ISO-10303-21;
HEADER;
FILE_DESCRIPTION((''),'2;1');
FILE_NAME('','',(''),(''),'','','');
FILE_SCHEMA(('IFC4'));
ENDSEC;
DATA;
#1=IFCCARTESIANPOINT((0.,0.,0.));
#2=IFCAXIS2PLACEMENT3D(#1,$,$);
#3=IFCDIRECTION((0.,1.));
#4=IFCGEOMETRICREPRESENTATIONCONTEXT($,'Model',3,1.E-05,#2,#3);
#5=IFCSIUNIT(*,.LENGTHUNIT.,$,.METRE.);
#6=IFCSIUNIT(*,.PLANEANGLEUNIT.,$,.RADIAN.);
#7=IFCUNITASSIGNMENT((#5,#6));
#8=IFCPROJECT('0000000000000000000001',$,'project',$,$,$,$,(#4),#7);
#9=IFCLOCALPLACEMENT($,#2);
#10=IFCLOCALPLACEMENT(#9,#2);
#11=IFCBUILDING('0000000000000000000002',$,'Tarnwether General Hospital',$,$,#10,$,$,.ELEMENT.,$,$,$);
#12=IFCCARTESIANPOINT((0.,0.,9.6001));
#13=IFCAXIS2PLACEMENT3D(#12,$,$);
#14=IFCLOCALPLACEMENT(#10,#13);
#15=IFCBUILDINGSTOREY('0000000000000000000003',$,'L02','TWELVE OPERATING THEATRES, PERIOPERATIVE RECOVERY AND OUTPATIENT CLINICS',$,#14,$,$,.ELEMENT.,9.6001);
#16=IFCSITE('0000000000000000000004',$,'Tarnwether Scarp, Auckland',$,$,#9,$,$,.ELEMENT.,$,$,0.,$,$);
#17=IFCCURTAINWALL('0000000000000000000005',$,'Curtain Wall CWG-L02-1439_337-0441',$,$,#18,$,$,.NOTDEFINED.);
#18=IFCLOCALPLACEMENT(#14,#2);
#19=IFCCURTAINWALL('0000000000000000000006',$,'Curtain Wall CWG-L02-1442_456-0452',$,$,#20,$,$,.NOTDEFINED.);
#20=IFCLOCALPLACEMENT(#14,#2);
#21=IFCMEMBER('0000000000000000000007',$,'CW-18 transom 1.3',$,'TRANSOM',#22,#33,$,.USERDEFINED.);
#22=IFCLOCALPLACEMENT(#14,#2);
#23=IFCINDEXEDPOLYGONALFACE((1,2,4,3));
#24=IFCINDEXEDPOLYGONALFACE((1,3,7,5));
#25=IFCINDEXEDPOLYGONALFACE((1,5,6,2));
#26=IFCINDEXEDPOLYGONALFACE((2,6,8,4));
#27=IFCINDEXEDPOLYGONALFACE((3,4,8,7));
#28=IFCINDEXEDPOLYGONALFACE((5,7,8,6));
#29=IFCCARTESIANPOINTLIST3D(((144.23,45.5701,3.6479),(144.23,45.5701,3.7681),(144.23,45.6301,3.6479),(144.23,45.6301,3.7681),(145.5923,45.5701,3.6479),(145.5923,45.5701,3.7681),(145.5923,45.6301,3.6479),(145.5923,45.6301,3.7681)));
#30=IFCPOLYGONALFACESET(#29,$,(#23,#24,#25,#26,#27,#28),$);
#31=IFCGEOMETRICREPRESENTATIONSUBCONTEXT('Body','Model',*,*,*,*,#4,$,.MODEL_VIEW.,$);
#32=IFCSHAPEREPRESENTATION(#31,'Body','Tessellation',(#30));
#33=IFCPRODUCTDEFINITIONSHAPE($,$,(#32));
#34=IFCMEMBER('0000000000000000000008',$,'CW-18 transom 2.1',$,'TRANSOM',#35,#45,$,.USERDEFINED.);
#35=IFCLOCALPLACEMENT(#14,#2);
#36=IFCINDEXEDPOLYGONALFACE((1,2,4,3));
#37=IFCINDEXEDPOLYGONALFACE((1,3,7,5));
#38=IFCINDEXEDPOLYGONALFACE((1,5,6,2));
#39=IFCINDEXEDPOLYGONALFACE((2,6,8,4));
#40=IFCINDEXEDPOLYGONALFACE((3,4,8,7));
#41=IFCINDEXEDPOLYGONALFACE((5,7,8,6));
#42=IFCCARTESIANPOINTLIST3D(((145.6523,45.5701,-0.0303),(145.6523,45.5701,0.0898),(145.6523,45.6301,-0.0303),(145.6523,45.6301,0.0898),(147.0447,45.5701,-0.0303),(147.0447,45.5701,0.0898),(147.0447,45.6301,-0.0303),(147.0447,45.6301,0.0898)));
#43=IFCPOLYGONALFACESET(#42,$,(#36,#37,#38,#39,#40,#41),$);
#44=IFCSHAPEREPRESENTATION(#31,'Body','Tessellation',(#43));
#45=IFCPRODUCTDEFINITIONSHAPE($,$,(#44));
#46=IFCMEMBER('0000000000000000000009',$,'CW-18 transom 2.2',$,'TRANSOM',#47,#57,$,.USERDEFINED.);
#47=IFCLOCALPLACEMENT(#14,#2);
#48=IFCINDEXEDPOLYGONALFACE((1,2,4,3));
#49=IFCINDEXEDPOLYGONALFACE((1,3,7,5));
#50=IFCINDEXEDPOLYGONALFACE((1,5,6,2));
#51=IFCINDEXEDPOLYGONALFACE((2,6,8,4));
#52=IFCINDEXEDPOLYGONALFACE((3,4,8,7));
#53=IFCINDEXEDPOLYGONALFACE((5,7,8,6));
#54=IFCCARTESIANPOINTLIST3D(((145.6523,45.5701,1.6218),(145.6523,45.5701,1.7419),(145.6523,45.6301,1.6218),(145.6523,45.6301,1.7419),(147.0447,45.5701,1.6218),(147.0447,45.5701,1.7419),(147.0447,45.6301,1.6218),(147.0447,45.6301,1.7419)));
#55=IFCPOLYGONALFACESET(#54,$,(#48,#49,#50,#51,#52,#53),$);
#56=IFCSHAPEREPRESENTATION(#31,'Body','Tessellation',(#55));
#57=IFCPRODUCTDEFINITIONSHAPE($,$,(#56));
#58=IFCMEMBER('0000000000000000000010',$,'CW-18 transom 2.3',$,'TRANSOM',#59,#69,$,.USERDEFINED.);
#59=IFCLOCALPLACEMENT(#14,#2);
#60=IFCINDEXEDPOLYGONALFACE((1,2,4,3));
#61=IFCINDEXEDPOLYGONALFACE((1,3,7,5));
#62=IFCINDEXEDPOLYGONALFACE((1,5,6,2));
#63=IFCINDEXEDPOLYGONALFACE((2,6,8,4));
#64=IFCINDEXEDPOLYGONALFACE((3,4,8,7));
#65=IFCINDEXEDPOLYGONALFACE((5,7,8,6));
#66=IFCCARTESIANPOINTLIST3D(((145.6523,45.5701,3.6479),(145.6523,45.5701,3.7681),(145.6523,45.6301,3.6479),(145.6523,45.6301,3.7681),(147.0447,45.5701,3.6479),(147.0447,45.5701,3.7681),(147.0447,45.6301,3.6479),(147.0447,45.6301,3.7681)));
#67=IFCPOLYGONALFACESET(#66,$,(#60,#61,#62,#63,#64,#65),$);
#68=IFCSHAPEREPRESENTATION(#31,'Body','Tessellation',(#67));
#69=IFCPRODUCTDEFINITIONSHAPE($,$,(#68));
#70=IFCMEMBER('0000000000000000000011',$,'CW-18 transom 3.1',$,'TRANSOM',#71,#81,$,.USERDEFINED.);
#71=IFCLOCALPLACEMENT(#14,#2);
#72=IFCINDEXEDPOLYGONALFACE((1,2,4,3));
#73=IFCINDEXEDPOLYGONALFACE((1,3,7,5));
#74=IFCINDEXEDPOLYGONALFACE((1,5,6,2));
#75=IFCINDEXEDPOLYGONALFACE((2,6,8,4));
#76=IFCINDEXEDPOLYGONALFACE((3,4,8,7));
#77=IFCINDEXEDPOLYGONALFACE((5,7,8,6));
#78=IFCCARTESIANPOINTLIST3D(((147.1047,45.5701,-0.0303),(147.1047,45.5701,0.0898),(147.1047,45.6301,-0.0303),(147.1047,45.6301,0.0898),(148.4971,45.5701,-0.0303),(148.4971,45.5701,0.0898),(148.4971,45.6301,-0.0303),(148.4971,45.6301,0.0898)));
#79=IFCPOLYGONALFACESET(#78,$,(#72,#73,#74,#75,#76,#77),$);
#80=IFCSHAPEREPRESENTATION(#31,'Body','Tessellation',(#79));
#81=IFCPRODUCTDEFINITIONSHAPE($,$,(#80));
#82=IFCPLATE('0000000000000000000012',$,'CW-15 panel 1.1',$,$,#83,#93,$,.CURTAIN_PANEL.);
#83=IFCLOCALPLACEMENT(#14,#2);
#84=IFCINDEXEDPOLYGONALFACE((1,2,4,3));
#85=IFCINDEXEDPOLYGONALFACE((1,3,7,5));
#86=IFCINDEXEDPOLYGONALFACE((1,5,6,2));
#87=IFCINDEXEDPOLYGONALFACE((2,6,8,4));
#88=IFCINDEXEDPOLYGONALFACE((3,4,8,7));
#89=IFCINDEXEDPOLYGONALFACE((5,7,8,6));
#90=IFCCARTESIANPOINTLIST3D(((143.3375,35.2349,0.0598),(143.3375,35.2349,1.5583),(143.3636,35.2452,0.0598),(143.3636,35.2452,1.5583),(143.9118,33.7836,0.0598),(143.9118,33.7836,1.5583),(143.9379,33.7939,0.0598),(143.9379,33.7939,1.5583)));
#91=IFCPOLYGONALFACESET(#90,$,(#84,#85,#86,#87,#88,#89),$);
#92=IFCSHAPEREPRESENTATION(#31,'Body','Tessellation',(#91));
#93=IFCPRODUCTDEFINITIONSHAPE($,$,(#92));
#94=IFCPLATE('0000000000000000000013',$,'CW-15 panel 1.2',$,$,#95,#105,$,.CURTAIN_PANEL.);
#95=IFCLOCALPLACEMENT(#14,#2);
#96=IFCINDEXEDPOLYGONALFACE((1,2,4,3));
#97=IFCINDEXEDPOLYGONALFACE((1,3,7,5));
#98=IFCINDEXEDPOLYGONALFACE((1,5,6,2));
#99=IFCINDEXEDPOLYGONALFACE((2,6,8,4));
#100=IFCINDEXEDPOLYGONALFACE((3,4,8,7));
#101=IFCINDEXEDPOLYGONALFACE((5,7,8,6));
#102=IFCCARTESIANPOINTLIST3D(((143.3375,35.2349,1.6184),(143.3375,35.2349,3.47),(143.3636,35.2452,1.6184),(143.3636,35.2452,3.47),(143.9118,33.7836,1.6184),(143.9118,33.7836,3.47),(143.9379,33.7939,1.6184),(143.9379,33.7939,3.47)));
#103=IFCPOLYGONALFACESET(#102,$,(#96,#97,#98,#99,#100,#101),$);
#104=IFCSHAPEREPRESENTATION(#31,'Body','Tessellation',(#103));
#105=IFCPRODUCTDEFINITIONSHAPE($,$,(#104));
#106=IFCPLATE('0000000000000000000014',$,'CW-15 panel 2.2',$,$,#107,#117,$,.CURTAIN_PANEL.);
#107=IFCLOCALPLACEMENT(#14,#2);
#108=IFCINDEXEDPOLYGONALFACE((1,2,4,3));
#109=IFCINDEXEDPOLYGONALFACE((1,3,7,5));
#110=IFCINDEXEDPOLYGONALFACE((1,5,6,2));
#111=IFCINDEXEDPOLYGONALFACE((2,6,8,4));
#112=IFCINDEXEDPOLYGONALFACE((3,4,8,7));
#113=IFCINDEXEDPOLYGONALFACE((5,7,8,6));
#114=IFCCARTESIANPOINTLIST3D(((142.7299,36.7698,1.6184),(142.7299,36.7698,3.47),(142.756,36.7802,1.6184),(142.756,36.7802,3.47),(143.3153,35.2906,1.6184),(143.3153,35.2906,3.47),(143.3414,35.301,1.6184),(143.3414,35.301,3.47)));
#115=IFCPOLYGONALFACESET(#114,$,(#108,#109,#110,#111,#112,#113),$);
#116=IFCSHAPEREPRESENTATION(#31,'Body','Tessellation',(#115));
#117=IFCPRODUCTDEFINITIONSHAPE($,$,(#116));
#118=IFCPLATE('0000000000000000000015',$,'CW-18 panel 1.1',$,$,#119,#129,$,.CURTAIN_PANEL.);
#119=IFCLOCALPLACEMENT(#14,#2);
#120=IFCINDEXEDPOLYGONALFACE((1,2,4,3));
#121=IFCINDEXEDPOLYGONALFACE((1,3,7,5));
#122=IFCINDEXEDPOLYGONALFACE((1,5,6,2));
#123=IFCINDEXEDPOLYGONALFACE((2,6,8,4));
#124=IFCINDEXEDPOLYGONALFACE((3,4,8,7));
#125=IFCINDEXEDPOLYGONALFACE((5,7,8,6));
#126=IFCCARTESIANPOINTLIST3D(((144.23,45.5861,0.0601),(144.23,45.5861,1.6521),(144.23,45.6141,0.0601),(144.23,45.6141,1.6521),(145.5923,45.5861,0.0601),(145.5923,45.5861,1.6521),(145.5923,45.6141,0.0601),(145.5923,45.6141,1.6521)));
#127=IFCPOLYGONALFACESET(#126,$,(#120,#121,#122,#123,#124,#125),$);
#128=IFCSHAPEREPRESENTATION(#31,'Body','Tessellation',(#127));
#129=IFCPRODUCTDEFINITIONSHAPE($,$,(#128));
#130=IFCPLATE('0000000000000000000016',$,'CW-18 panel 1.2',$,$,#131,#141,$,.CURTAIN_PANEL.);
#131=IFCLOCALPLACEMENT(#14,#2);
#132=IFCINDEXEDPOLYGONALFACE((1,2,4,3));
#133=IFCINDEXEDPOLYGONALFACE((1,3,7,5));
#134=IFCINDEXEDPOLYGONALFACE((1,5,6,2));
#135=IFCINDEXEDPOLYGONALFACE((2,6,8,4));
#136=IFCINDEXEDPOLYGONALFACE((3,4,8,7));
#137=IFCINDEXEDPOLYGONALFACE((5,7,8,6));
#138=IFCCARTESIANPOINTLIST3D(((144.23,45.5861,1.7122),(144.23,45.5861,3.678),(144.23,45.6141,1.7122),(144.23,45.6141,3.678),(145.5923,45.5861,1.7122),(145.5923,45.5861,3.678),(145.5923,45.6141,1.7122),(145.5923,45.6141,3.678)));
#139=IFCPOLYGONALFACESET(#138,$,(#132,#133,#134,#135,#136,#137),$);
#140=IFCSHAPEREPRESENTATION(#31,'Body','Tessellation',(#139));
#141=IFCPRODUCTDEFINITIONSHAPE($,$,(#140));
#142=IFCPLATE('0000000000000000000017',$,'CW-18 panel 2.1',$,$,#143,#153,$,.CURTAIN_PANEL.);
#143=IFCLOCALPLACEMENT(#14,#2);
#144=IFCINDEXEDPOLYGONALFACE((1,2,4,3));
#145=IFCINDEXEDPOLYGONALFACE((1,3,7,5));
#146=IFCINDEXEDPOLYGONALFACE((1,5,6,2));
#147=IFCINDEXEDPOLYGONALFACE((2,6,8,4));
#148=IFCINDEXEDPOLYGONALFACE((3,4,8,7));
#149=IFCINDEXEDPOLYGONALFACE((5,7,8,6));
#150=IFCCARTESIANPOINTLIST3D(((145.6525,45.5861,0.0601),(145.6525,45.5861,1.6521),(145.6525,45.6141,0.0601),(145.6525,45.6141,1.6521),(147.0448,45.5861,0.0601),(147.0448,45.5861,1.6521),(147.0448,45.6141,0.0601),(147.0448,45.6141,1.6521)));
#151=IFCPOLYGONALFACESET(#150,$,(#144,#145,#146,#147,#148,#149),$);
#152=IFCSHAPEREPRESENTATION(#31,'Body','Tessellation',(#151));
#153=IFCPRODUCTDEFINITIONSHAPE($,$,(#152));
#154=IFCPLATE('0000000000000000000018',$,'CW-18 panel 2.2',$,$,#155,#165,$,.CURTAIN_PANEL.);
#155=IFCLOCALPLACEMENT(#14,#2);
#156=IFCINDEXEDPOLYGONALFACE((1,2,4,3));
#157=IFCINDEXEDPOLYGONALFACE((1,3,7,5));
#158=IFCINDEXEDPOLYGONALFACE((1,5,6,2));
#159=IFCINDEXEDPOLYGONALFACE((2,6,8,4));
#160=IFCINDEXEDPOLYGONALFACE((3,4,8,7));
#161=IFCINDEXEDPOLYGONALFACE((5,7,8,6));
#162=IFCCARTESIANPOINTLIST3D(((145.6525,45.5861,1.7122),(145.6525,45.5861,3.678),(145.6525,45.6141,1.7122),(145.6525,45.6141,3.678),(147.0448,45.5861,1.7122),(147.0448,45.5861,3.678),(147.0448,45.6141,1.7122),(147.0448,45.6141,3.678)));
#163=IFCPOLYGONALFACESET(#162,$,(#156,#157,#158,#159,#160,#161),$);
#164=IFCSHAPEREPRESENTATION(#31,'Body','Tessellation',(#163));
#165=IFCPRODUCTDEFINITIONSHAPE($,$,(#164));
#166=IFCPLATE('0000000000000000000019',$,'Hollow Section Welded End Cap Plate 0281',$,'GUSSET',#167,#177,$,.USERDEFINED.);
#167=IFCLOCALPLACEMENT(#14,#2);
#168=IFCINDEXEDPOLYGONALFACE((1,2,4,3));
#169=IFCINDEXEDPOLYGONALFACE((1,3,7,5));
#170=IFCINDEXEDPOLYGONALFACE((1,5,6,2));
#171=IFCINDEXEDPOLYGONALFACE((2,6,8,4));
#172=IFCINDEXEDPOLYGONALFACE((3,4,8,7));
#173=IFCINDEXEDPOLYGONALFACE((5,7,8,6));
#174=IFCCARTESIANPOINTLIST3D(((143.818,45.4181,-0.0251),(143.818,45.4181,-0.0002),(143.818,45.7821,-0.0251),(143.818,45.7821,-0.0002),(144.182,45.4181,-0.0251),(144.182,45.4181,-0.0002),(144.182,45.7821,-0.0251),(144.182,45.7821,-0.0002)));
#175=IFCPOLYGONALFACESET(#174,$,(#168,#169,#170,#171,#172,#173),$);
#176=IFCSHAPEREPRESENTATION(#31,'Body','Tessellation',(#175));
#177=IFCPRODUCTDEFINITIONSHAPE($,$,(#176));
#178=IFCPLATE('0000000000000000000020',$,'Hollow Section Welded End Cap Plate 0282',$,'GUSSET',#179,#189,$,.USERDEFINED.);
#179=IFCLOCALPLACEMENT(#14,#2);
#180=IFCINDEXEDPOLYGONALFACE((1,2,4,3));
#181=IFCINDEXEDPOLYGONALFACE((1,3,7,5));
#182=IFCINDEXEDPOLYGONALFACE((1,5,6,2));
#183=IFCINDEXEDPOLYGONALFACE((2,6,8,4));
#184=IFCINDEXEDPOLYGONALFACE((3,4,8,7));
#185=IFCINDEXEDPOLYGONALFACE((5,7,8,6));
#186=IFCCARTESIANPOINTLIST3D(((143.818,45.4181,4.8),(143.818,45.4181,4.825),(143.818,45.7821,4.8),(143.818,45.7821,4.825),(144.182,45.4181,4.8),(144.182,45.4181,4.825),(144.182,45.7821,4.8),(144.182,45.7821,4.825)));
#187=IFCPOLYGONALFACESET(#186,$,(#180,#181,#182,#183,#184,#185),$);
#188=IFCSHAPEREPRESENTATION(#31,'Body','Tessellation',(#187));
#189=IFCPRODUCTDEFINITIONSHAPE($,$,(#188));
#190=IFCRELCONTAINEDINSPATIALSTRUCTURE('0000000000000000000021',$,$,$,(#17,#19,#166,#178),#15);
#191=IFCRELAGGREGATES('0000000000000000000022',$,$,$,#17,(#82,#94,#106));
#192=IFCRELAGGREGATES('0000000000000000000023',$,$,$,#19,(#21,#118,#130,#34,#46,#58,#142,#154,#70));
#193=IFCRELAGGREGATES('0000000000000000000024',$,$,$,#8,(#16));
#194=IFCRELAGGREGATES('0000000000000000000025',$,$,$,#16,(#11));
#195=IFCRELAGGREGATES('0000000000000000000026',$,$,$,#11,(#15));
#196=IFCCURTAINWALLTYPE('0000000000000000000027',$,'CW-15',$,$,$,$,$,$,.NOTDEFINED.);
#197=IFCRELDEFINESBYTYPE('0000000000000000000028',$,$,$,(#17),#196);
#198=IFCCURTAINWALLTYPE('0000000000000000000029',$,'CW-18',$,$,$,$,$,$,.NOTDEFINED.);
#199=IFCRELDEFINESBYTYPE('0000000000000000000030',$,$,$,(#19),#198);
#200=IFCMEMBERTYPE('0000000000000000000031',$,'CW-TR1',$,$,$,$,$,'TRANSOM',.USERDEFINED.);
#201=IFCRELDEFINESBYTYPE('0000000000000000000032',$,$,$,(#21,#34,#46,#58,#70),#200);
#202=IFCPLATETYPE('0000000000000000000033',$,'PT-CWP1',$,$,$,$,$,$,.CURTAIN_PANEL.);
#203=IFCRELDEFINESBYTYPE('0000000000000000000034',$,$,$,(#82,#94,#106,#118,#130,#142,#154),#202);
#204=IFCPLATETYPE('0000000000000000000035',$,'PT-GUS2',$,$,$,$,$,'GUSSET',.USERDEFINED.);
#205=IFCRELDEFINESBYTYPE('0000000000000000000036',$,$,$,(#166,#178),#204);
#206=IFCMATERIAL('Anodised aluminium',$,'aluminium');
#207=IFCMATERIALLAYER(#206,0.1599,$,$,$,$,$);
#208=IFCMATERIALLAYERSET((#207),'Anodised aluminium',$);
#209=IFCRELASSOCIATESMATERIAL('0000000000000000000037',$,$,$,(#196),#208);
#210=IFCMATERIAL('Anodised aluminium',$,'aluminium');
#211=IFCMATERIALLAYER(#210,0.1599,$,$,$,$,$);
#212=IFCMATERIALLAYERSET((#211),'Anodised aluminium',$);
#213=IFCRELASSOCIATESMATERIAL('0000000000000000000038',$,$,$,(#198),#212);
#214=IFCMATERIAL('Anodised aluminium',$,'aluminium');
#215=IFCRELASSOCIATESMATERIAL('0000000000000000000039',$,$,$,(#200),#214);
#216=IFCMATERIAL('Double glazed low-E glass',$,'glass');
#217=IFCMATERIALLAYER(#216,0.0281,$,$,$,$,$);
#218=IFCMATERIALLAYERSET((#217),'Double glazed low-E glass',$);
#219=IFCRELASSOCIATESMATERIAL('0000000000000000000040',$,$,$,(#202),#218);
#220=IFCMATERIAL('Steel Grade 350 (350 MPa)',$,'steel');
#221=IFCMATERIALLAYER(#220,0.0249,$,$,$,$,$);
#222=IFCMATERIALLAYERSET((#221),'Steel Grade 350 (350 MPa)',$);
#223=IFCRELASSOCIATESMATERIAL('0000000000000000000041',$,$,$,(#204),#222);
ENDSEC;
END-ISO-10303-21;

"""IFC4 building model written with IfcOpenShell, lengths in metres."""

from ifc_helpers import new_model, si_unit, direction, frame, origin, origin_2d, place, context, subcontext, project, spatial, rectangle, extrude, material, layer, layer_set, material_profile, profile_set, type_object, element, aggregate, save


model = new_model("IFC4")

# Units and contexts
model_context = context("Model", 3, precision=1e-05, world=origin(), true_north=direction((0.0, 1.0)))
body_context = subcontext(model_context, "Body", "Model", "MODEL_VIEW")
ifc_project = project(units=[si_unit("LENGTHUNIT", "METRE"), si_unit("PLANEANGLEUNIT", "RADIAN")], contexts=[model_context])

# Site, building, storey
site_placement = place(None, origin())
site = spatial("IfcSite", under=ifc_project, at=site_placement, Name="Tarnwether Scarp, Auckland", CompositionType="ELEMENT", RefElevation=0.0)
building_placement = place(site_placement, origin())
building = spatial("IfcBuilding", under=site, at=building_placement, Name="Tarnwether General Hospital", CompositionType="ELEMENT")
storey_placement = place(building_placement, frame((0.0, 0.0, 9.6001)))
storey = spatial("IfcBuildingStorey", under=building, at=storey_placement, Name="L02", Description="TWELVE OPERATING THEATRES, PERIOPERATIVE RECOVERY AND OUTPATIENT CLINICS", CompositionType="ELEMENT", Elevation=9.6001)

# Curtain wall
ifc_material_1 = material(Name="Anodised aluminium", Category="aluminium")
ifc_layer_1 = layer(ifc_material_1, 0.1599)
ifc_layer_set_1 = layer_set([ifc_layer_1], Name="Anodised aluminium")
curtain_wall_type_1 = type_object("IfcCurtainWallType", Name="CW-15", PredefinedType="NOTDEFINED", material=ifc_layer_set_1)
curtain_wall_1_placement = place(storey_placement, origin())
curtain_wall_1 = element("IfcCurtainWall", 1, at=curtain_wall_1_placement, inside=storey, type_object=curtain_wall_type_1, Name="Curtain Wall CWG-L02-1439_337-0441", PredefinedType="NOTDEFINED")

# Curtain wall
ifc_material_2 = material(Name="Anodised aluminium", Category="aluminium")
ifc_layer_2 = layer(ifc_material_2, 0.1599)
ifc_layer_set_2 = layer_set([ifc_layer_2], Name="Anodised aluminium")
curtain_wall_type_2 = type_object("IfcCurtainWallType", Name="CW-18", PredefinedType="NOTDEFINED", material=ifc_layer_set_2)
curtain_wall_2_placement = place(storey_placement, origin())
curtain_wall_2 = element("IfcCurtainWall", 2, at=curtain_wall_2_placement, inside=storey, type_object=curtain_wall_type_2, Name="Curtain Wall CWG-L02-1442_456-0452", PredefinedType="NOTDEFINED")

# Members
ifc_material_3 = material(Name="Anodised aluminium", Category="aluminium")
ifc_material_profile_1 = material_profile(ifc_material_3, rectangle(XDim=0.0601, YDim=0.1201, at=origin_2d()), Name="ALU-TRN-60x120")
ifc_profile_set_1 = profile_set([ifc_material_profile_1], Name="Anodised aluminium")
member_type_1 = type_object("IfcMemberType", Name="CW-TR1", ElementType="TRANSOM", PredefinedType="USERDEFINED", material=ifc_profile_set_1)
member_1_placement = place(storey_placement, frame((144.23, 45.6001, 3.708), z_axis=(1.0, 0.0, 0.0), x_axis=(0.0, 1.0, 0.0)))
member_1 = element("IfcMember", 3, at=member_1_placement, type_object=member_type_1, Name="CW-18 transom 1.3", ObjectType="TRANSOM", PredefinedType="USERDEFINED", context=body_context, shape_type="SweptSolid", body=[
    extrude(rectangle(XDim=0.0601, YDim=0.1201, at=origin_2d()), origin(), (0.0, 0.0, 1.0), 1.3623),
])
member_2_placement = place(storey_placement, frame((145.6523, 45.6001, 0.0298), z_axis=(1.0, 0.0, 0.0), x_axis=(0.0, 1.0, 0.0)))
member_2 = element("IfcMember", 4, at=member_2_placement, type_object=member_type_1, Name="CW-18 transom 2.1", ObjectType="TRANSOM", PredefinedType="USERDEFINED", context=body_context, shape_type="SweptSolid", body=[
    extrude(rectangle(XDim=0.0601, YDim=0.1201, at=origin_2d()), origin(), (0.0, 0.0, 1.0), 1.3923),
])
member_3_placement = place(storey_placement, frame((145.6523, 45.6001, 1.6819), z_axis=(1.0, 0.0, 0.0), x_axis=(0.0, 1.0, 0.0)))
member_3 = element("IfcMember", 5, at=member_3_placement, type_object=member_type_1, Name="CW-18 transom 2.2", ObjectType="TRANSOM", PredefinedType="USERDEFINED", context=body_context, shape_type="SweptSolid", body=[
    extrude(rectangle(XDim=0.0601, YDim=0.1201, at=origin_2d()), origin(), (0.0, 0.0, 1.0), 1.3923),
])
member_4_placement = place(storey_placement, frame((145.6523, 45.6001, 3.708), z_axis=(1.0, 0.0, 0.0), x_axis=(0.0, 1.0, 0.0)))
member_4 = element("IfcMember", 6, at=member_4_placement, type_object=member_type_1, Name="CW-18 transom 2.3", ObjectType="TRANSOM", PredefinedType="USERDEFINED", context=body_context, shape_type="SweptSolid", body=[
    extrude(rectangle(XDim=0.0601, YDim=0.1201, at=origin_2d()), origin(), (0.0, 0.0, 1.0), 1.3923),
])
member_5_placement = place(storey_placement, frame((147.1047, 45.6001, 0.0298), z_axis=(1.0, 0.0, 0.0), x_axis=(0.0, 1.0, 0.0)))
member_5 = element("IfcMember", 7, at=member_5_placement, type_object=member_type_1, Name="CW-18 transom 3.1", ObjectType="TRANSOM", PredefinedType="USERDEFINED", context=body_context, shape_type="SweptSolid", body=[
    extrude(rectangle(XDim=0.0601, YDim=0.1201, at=origin_2d()), origin(), (0.0, 0.0, 1.0), 1.3923),
])

# Plates
ifc_material_4 = material(Name="Double glazed low-E glass", Category="glass")
ifc_layer_3 = layer(ifc_material_4, 0.0281)
ifc_layer_set_3 = layer_set([ifc_layer_3], Name="Double glazed low-E glass")
plate_type_1 = type_object("IfcPlateType", Name="PT-CWP1", PredefinedType="CURTAIN_PANEL", material=ifc_layer_set_3)
plate_1_placement = place(storey_placement, frame((143.6377, 34.5144, 0.0598), z_axis=(0.0, 0.0, 1.0), x_axis=(-0.367994, 0.929828, 0.0)))
plate_1 = element("IfcPlate", 8, at=plate_1_placement, type_object=plate_type_1, Name="CW-15 panel 1.1", PredefinedType="CURTAIN_PANEL", context=body_context, shape_type="SweptSolid", body=[
    extrude(rectangle(XDim=1.5608, YDim=0.0281, at=origin_2d()), origin(), (0.0, 0.0, 1.0), 1.4985),
])
plate_2_placement = place(storey_placement, frame((143.6377, 34.5144, 1.6184), z_axis=(0.0, 0.0, 1.0), x_axis=(-0.367994, 0.929828, 0.0)))
plate_2 = element("IfcPlate", 9, at=plate_2_placement, type_object=plate_type_1, Name="CW-15 panel 1.2", PredefinedType="CURTAIN_PANEL", context=body_context, shape_type="SweptSolid", body=[
    extrude(rectangle(XDim=1.5608, YDim=0.0281, at=origin_2d()), origin(), (0.0, 0.0, 1.0), 1.8516),
])
plate_3_placement = place(storey_placement, frame((143.0356, 36.0354, 1.6184), z_axis=(0.0, 0.0, 1.0), x_axis=(-0.367994, 0.929828, 0.0)))
plate_3 = element("IfcPlate", 10, at=plate_3_placement, type_object=plate_type_1, Name="CW-15 panel 2.2", PredefinedType="CURTAIN_PANEL", context=body_context, shape_type="SweptSolid", body=[
    extrude(rectangle(XDim=1.5908, YDim=0.0281, at=origin_2d()), origin(), (0.0, 0.0, 1.0), 1.8516),
])
aggregate(curtain_wall_1, [plate_1, plate_2, plate_3])
plate_4_placement = place(storey_placement, frame((144.9111, 45.6001, 0.0601), z_axis=(0.0, 0.0, 1.0), x_axis=(1.0, 0.0, 0.0)))
plate_4 = element("IfcPlate", 11, at=plate_4_placement, type_object=plate_type_1, Name="CW-18 panel 1.1", PredefinedType="CURTAIN_PANEL", context=body_context, shape_type="SweptSolid", body=[
    extrude(rectangle(XDim=1.3623, YDim=0.0281, at=origin_2d()), origin(), (0.0, 0.0, 1.0), 1.592),
])
plate_5_placement = place(storey_placement, frame((144.9111, 45.6001, 1.7122), z_axis=(0.0, 0.0, 1.0), x_axis=(1.0, 0.0, 0.0)))
plate_5 = element("IfcPlate", 12, at=plate_5_placement, type_object=plate_type_1, Name="CW-18 panel 1.2", PredefinedType="CURTAIN_PANEL", context=body_context, shape_type="SweptSolid", body=[
    extrude(rectangle(XDim=1.3623, YDim=0.0281, at=origin_2d()), origin(), (0.0, 0.0, 1.0), 1.9658),
])
plate_6_placement = place(storey_placement, frame((146.3486, 45.6001, 0.0601), z_axis=(0.0, 0.0, 1.0), x_axis=(1.0, 0.0, 0.0)))
plate_6 = element("IfcPlate", 13, at=plate_6_placement, type_object=plate_type_1, Name="CW-18 panel 2.1", PredefinedType="CURTAIN_PANEL", context=body_context, shape_type="SweptSolid", body=[
    extrude(rectangle(XDim=1.3923, YDim=0.0281, at=origin_2d()), origin(), (0.0, 0.0, 1.0), 1.592),
])
plate_7_placement = place(storey_placement, frame((146.3486, 45.6001, 1.7122), z_axis=(0.0, 0.0, 1.0), x_axis=(1.0, 0.0, 0.0)))
plate_7 = element("IfcPlate", 14, at=plate_7_placement, type_object=plate_type_1, Name="CW-18 panel 2.2", PredefinedType="CURTAIN_PANEL", context=body_context, shape_type="SweptSolid", body=[
    extrude(rectangle(XDim=1.3923, YDim=0.0281, at=origin_2d()), origin(), (0.0, 0.0, 1.0), 1.9658),
])
aggregate(curtain_wall_2, [member_1, plate_4, plate_5, member_2, member_3, member_4, plate_6, plate_7, member_5])

# Plates
ifc_material_5 = material(Name="Steel Grade 350 (350 MPa)", Category="steel")
ifc_layer_4 = layer(ifc_material_5, 0.0249)
ifc_layer_set_4 = layer_set([ifc_layer_4], Name="Steel Grade 350 (350 MPa)")
plate_type_2 = type_object("IfcPlateType", Name="PT-GUS2", ElementType="GUSSET", PredefinedType="USERDEFINED", material=ifc_layer_set_4)
for number, where, z_axis, x_axis, name in (
    (15, (144.0, 45.6001, -0.0251), (0.0, 0.0, 1.0), (1.0, 0.0, 0.0), "Hollow Section Welded End Cap Plate 0281"),
    (16, (144.0, 45.6001, 4.8), (0.0, 0.0, 1.0), (1.0, 0.0, 0.0), "Hollow Section Welded End Cap Plate 0282"),
):
    element("IfcPlate", number, at=place(storey_placement, frame(where, z_axis=z_axis, x_axis=x_axis)), inside=storey, type_object=plate_type_2, Name=name, ObjectType="GUSSET", PredefinedType="USERDEFINED", context=body_context, shape_type="SweptSolid", body=[
        extrude(rectangle(XDim=0.364, YDim=0.364, at=origin_2d()), origin(), (0.0, 0.0, 1.0), 0.0249),
    ])

save(model, "model.ifc")
